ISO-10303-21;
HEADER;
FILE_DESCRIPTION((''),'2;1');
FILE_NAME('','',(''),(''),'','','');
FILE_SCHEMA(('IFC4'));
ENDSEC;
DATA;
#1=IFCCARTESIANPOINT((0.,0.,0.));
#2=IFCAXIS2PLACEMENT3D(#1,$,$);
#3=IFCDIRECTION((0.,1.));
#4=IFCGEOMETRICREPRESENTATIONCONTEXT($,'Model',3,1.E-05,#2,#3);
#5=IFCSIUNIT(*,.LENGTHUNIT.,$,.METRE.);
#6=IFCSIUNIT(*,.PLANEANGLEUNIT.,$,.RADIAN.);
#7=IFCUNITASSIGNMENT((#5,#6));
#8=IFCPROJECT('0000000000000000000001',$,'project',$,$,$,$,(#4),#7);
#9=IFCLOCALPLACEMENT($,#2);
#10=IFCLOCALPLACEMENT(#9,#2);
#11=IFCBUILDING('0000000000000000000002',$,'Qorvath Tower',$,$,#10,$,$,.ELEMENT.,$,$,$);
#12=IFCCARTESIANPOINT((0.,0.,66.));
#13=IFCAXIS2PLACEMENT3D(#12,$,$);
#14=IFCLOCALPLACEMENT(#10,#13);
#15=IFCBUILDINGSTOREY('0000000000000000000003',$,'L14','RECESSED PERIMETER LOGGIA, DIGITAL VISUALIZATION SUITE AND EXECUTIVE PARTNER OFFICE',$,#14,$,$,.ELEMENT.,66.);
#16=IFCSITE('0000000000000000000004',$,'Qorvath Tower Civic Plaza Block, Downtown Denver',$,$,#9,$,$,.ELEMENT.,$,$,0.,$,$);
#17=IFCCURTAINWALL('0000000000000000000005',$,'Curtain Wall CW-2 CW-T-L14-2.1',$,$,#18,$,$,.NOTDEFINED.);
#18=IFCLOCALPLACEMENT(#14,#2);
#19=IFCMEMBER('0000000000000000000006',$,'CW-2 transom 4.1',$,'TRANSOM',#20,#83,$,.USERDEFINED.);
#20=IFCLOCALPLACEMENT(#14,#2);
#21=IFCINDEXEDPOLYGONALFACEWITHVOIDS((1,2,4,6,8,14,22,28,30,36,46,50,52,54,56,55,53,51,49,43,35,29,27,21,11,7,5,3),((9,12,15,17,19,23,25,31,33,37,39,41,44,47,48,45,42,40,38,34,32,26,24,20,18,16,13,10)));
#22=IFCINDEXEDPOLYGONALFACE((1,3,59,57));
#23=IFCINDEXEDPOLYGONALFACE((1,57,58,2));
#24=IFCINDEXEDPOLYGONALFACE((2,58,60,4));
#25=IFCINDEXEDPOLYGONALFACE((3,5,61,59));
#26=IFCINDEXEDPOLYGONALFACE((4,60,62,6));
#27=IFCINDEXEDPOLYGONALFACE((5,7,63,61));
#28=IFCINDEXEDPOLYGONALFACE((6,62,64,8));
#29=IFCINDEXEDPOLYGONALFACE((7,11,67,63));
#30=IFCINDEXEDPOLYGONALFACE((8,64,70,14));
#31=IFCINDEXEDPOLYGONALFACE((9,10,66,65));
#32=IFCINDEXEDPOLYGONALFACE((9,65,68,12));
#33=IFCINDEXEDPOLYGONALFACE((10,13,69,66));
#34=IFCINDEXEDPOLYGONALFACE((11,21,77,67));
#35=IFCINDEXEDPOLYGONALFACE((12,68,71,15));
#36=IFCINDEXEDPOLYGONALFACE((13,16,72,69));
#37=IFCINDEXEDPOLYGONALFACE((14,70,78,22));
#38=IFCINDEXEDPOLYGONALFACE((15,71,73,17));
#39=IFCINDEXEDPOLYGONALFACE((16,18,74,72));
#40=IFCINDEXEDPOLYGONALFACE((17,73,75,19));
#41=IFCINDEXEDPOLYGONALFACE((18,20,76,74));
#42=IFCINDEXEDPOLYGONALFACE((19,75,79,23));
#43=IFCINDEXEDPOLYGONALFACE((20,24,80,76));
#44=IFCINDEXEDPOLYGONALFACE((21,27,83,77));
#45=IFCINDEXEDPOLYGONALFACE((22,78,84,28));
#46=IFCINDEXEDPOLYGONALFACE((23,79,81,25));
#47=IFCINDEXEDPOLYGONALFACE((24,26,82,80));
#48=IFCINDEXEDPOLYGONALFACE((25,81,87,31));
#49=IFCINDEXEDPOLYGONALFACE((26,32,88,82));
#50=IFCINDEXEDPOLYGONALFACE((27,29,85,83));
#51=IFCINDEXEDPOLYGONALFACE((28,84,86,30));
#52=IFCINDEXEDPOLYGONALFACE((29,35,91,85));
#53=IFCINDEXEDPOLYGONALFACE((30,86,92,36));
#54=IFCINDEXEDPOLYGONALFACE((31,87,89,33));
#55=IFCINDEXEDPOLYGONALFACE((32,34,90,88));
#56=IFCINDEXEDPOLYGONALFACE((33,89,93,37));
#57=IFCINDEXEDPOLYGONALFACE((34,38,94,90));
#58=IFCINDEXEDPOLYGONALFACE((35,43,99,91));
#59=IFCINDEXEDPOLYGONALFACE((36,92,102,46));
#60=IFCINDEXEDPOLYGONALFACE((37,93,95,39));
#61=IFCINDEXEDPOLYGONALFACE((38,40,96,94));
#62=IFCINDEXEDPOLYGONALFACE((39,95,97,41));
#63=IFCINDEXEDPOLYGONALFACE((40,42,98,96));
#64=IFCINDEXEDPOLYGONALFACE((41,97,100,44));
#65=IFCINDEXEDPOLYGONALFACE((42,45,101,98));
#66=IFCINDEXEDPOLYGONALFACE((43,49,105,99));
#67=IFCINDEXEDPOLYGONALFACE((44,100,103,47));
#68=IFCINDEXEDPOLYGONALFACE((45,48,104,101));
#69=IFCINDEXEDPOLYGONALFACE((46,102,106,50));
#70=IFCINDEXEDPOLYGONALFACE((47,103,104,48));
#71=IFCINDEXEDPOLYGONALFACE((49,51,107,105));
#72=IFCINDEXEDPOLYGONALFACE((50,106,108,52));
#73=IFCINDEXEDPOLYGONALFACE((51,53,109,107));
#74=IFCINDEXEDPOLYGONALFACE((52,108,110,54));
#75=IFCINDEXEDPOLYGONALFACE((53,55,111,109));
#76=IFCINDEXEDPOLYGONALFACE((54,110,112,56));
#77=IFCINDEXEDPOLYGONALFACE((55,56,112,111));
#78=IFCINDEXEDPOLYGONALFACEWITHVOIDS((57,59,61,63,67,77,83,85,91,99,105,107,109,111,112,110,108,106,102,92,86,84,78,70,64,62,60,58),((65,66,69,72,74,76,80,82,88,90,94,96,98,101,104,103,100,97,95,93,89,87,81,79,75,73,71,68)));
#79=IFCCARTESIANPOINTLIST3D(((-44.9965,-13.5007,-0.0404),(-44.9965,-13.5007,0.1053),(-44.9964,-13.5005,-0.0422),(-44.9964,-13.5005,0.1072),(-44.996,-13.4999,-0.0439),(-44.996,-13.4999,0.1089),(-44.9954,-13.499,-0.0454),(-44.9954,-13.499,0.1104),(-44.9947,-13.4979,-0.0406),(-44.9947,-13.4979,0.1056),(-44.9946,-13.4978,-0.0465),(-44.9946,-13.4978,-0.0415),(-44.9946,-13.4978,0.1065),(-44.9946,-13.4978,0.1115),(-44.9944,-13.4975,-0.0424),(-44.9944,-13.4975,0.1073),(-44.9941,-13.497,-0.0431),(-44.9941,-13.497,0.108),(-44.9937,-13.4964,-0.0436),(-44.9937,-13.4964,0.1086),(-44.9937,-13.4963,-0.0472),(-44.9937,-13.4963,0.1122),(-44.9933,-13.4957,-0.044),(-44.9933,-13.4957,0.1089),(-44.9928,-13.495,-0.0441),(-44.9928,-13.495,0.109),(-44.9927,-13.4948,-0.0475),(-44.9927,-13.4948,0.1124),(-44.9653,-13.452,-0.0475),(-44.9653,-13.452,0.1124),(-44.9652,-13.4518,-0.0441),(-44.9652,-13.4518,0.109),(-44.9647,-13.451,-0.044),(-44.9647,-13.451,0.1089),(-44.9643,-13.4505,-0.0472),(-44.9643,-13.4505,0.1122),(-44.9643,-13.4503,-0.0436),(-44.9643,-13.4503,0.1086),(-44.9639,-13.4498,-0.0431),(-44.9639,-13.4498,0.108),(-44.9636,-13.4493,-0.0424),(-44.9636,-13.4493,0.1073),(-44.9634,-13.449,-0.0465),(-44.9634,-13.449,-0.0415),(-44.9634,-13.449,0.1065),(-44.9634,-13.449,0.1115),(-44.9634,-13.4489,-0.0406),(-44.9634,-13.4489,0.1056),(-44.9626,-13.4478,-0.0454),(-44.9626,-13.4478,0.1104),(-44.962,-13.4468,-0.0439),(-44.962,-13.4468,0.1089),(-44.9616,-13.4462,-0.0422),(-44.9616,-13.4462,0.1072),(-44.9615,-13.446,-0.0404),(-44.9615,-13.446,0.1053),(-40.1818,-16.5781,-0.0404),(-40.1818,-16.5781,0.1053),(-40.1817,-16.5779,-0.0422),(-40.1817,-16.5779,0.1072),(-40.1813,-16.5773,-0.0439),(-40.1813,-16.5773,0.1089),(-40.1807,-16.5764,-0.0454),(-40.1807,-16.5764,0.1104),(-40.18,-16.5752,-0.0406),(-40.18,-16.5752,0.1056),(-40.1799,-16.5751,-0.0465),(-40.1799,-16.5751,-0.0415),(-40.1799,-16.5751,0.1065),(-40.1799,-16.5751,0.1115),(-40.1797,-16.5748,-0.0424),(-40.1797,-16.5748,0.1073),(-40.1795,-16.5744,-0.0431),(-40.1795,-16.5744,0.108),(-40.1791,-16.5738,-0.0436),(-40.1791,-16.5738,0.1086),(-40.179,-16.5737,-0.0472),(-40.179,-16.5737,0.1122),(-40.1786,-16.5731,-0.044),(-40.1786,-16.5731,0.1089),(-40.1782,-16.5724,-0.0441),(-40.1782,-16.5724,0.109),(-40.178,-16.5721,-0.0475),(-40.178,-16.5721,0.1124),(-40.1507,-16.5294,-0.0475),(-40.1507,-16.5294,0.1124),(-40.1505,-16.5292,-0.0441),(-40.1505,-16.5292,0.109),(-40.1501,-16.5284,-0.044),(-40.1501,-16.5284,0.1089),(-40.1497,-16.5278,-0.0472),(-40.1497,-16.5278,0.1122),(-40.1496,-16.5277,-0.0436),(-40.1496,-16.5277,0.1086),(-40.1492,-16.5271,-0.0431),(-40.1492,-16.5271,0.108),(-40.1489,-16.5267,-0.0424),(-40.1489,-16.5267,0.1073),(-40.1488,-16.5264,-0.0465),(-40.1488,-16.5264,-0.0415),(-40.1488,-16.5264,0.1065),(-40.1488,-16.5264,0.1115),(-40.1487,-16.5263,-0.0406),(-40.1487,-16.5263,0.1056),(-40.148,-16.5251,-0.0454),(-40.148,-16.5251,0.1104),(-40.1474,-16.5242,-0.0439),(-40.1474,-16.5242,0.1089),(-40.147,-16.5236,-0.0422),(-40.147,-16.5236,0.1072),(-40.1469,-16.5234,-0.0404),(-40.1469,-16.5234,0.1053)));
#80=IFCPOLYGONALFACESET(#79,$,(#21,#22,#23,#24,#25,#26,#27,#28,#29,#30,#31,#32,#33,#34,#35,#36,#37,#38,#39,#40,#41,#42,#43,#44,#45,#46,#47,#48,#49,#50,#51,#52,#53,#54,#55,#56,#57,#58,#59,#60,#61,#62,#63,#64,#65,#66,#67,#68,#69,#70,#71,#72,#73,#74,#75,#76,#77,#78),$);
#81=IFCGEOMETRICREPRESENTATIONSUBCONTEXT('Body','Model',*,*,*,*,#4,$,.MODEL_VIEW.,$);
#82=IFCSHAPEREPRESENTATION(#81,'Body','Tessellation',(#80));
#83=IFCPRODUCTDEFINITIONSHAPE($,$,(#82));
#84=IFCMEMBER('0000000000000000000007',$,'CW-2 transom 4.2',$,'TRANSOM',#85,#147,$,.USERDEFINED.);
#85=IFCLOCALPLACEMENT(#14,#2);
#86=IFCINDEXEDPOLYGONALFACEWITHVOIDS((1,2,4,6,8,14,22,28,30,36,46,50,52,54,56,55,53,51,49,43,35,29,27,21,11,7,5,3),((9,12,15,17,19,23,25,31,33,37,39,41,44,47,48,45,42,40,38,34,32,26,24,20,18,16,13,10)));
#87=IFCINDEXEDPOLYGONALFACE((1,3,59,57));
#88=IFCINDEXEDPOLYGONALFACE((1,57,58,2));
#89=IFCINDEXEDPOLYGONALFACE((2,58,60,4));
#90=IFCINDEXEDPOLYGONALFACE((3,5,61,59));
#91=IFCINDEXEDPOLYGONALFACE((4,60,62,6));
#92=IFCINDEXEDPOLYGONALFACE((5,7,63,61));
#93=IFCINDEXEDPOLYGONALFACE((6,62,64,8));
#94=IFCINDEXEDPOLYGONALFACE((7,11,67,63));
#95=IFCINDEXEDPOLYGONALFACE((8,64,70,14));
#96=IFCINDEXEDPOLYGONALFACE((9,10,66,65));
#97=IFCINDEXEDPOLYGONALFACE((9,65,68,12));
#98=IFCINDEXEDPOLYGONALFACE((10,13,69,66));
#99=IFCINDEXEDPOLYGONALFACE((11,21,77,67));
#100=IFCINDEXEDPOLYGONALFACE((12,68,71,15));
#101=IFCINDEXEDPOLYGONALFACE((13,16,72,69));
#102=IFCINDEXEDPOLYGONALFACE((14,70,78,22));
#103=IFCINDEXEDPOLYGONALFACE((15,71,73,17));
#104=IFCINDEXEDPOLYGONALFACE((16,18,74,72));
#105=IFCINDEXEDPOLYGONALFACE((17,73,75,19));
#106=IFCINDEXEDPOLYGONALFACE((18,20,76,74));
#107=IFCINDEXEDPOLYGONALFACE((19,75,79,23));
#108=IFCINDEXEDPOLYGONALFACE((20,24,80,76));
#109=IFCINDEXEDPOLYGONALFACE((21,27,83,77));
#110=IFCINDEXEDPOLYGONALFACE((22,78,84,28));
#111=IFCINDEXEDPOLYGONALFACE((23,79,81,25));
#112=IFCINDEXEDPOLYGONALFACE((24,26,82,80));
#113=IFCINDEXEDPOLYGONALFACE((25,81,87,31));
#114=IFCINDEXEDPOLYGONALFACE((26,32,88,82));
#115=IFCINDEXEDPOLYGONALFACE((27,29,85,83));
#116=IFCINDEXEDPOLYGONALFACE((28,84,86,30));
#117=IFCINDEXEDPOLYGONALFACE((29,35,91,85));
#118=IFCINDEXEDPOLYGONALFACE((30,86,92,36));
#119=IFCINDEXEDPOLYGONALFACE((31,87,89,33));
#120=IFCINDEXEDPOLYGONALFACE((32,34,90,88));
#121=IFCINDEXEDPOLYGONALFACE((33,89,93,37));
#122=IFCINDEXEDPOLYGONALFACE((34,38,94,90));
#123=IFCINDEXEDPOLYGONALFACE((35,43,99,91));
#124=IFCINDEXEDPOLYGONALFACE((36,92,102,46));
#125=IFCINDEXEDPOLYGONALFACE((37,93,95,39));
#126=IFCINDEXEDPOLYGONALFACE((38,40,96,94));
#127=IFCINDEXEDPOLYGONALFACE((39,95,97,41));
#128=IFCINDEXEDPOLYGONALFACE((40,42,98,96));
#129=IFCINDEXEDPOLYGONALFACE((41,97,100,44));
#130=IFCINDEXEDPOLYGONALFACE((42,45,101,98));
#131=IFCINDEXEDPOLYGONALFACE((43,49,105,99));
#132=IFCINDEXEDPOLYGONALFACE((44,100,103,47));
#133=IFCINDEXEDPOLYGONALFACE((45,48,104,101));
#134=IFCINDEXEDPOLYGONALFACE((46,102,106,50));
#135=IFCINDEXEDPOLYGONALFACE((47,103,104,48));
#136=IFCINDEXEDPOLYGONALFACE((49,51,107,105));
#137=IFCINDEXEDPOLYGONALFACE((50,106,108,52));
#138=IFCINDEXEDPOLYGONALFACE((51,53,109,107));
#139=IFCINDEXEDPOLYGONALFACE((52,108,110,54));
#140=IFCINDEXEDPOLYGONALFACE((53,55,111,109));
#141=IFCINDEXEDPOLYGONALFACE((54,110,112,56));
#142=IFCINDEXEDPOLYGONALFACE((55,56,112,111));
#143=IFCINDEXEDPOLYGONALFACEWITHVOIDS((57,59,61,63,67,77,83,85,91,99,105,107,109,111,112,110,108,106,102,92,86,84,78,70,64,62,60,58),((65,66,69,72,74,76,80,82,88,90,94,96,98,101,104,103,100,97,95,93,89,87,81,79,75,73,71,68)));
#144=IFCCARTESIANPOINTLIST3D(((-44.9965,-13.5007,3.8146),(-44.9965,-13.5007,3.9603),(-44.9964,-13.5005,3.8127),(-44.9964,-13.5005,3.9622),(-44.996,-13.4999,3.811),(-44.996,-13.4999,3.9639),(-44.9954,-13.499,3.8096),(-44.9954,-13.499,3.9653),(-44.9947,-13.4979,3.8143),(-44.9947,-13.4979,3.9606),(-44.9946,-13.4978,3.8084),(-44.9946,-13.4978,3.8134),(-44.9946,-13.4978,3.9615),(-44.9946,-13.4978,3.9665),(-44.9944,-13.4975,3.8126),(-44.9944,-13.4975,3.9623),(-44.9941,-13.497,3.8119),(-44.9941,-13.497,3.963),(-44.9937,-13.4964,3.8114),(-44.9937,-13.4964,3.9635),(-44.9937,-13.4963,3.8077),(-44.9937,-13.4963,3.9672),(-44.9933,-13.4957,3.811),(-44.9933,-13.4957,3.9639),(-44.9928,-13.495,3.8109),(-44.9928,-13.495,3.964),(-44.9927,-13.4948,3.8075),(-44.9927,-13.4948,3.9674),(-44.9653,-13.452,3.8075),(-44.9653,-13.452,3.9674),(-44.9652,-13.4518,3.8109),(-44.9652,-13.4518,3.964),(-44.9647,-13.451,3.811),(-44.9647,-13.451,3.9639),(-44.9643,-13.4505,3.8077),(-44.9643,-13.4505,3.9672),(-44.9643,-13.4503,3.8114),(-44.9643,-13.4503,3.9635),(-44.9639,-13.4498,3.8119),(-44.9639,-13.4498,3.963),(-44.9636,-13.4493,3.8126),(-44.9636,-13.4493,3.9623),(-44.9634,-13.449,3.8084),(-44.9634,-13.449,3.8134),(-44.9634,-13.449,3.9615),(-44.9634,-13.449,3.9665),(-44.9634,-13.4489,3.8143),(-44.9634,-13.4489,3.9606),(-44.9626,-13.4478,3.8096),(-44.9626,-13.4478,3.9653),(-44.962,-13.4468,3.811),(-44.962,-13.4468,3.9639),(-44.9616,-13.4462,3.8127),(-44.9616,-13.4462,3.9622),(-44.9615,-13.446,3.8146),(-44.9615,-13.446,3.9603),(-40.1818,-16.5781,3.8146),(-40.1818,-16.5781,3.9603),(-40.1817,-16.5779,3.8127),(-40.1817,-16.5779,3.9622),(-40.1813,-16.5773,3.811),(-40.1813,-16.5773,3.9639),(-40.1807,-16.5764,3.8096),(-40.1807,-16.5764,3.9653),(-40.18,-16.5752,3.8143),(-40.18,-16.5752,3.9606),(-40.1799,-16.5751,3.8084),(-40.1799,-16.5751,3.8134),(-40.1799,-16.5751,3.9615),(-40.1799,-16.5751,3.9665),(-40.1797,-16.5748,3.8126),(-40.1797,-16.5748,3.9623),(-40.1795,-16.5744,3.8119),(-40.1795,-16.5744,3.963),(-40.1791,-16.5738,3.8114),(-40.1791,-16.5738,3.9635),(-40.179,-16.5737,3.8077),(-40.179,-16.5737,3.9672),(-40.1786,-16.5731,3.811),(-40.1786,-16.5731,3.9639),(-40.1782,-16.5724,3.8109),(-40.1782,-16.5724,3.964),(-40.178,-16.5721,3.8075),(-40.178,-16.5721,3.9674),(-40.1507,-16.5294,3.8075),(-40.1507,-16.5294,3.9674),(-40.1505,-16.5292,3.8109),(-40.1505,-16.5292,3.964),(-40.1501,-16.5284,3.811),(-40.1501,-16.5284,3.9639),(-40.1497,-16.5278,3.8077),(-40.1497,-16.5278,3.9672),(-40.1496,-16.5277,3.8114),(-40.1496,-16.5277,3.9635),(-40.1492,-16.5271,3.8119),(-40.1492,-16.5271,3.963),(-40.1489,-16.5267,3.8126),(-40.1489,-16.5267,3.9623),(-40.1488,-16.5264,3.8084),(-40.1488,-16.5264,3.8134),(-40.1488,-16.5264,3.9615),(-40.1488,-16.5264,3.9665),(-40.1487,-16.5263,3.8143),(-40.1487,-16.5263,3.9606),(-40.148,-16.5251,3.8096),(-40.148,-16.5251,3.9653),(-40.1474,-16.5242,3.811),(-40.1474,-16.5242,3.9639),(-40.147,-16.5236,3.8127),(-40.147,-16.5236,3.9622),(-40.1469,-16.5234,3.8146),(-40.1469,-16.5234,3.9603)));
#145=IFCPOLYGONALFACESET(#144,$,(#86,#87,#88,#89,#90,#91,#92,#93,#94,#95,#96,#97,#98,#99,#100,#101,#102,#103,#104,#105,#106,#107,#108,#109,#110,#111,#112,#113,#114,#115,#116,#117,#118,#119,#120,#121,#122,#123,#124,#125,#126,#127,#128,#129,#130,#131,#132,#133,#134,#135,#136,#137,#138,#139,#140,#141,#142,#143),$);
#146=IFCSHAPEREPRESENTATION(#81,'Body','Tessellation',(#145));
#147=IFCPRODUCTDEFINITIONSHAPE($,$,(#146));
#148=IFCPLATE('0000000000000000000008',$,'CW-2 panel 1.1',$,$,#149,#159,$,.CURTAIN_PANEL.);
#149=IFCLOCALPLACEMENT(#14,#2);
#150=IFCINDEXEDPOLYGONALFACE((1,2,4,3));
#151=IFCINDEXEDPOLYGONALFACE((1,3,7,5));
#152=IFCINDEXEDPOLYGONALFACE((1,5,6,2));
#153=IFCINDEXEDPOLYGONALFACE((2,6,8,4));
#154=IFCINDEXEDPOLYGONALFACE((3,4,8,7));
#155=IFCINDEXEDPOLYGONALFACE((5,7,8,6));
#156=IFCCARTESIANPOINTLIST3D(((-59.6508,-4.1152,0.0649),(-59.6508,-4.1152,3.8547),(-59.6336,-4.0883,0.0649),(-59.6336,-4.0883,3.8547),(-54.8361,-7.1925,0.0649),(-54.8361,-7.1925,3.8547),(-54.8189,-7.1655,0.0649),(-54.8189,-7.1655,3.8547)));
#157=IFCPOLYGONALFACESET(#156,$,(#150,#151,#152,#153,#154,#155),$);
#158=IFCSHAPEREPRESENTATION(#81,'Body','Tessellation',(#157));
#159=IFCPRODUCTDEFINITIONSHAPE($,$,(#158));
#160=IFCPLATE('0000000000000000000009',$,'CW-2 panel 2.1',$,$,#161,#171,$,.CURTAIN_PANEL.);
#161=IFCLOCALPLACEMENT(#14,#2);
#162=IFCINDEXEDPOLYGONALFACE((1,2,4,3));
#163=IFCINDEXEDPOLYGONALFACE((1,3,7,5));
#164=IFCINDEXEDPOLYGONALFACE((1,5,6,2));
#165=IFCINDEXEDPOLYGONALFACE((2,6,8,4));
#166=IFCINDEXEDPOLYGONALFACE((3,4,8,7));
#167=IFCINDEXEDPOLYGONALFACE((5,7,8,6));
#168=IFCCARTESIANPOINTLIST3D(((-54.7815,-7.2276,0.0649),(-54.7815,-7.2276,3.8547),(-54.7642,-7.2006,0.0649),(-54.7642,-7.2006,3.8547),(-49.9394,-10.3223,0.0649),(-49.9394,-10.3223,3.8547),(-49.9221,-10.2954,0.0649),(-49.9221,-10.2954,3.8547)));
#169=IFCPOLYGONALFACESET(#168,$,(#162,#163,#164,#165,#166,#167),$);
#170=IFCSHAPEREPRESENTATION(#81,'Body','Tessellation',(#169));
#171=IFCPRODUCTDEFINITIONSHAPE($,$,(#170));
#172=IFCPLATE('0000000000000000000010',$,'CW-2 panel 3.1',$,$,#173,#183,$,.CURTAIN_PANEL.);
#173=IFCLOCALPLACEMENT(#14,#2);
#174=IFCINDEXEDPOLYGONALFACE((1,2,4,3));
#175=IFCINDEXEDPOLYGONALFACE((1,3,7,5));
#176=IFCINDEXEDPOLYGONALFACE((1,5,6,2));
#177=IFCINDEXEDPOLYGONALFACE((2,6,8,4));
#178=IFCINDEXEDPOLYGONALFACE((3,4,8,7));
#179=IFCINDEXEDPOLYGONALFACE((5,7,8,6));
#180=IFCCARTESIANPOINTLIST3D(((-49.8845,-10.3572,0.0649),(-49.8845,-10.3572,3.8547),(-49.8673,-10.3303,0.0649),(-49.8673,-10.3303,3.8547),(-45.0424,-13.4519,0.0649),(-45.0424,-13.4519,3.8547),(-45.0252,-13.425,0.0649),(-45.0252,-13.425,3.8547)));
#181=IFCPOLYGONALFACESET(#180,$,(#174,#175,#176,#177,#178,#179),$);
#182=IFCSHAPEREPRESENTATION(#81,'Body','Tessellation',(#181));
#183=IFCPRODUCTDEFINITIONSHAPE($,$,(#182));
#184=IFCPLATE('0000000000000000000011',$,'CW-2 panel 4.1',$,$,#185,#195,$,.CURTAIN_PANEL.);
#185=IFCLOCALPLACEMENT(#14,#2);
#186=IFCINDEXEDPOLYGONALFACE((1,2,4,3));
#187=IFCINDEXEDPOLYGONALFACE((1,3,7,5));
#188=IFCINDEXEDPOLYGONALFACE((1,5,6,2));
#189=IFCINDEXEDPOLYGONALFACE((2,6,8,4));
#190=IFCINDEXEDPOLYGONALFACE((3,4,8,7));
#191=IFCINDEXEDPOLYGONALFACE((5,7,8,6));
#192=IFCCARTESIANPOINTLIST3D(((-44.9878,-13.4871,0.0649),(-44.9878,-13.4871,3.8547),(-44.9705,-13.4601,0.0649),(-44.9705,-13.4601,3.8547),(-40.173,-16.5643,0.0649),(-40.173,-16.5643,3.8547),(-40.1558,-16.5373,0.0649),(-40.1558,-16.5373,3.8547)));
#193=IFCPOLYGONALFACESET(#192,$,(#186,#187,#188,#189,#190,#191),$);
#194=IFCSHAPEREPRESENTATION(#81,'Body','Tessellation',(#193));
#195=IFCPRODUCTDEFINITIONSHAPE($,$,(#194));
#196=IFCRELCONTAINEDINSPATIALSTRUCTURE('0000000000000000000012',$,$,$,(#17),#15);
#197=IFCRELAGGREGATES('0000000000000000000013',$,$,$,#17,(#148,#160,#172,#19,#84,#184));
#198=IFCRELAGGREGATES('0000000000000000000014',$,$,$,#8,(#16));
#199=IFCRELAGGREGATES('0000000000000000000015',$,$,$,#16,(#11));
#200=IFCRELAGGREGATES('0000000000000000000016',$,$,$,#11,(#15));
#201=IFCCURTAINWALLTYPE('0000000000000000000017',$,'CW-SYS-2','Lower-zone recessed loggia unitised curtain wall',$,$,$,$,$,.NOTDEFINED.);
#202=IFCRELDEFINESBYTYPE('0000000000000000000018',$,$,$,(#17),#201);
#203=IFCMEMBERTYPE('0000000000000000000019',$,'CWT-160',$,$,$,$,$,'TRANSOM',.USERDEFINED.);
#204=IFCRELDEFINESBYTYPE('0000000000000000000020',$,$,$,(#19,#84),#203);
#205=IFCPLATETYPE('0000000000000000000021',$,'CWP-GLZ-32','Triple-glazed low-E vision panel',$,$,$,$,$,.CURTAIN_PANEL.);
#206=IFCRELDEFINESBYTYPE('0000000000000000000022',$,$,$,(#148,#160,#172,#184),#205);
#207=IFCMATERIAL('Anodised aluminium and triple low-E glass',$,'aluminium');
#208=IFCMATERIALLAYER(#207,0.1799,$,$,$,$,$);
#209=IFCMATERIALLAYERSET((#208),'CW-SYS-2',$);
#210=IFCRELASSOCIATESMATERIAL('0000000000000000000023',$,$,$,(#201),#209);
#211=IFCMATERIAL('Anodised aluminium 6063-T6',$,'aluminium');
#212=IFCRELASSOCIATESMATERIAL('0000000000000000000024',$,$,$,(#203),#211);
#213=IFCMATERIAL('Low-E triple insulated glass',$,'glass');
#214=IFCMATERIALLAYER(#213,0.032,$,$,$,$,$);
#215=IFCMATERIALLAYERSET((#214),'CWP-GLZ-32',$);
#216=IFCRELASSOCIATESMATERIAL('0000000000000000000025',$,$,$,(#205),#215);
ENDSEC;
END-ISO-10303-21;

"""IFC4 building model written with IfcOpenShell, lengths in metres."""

from ifc_helpers import new_model, si_unit, direction, frame, origin, origin_2d, place, context, subcontext, project, spatial, rectangle, hollow_rectangle, extrude, material, layer, layer_set, material_profile, profile_set, type_object, element, aggregate, save


model = new_model("IFC4")

# Units and contexts
model_context = context("Model", 3, precision=1e-05, world=origin(), true_north=direction((0.0, 1.0)))
body_context = subcontext(model_context, "Body", "Model", "MODEL_VIEW")
ifc_project = project(units=[si_unit("LENGTHUNIT", "METRE"), si_unit("PLANEANGLEUNIT", "RADIAN")], contexts=[model_context])

# Site, building, storey
site_placement = place(None, origin())
site = spatial("IfcSite", under=ifc_project, at=site_placement, Name="Qorvath Tower Civic Plaza Block, Downtown Denver", CompositionType="ELEMENT", RefElevation=0.0)
building_placement = place(site_placement, origin())
building = spatial("IfcBuilding", under=site, at=building_placement, Name="Qorvath Tower", CompositionType="ELEMENT")
storey_placement = place(building_placement, frame((0.0, 0.0, 66.0)))
storey = spatial("IfcBuildingStorey", under=building, at=storey_placement, Name="L14", Description="RECESSED PERIMETER LOGGIA, DIGITAL VISUALIZATION SUITE AND EXECUTIVE PARTNER OFFICE", CompositionType="ELEMENT", Elevation=66.0)

# Curtain wall, members, plates
ifc_material_1 = material(Name="Anodised aluminium and triple low-E glass", Category="aluminium")
ifc_layer_1 = layer(ifc_material_1, 0.1799)
ifc_layer_set_1 = layer_set([ifc_layer_1], Name="CW-SYS-2")
curtain_wall_type = type_object("IfcCurtainWallType", Name="CW-SYS-2", Description="Lower-zone recessed loggia unitised curtain wall", PredefinedType="NOTDEFINED", material=ifc_layer_set_1)
curtain_wall_placement = place(storey_placement, origin())
curtain_wall = element("IfcCurtainWall", 1, at=curtain_wall_placement, inside=storey, type_object=curtain_wall_type, Name="Curtain Wall CW-2 CW-T-L14-2.1", PredefinedType="NOTDEFINED")
ifc_material_2 = material(Name="Anodised aluminium 6063-T6", Category="aluminium")
ifc_material_profile_1 = material_profile(ifc_material_2, hollow_rectangle(XDim=0.0649, YDim=0.1599, WallThickness=0.0034, InnerFilletRadius=0.0034, OuterFilletRadius=0.0071, at=origin_2d()), Name="CWT 160x65")
ifc_profile_set_1 = profile_set([ifc_material_profile_1], Name="Anodised aluminium 6063-T6")
member_type_1 = type_object("IfcMemberType", Name="CWT-160", ElementType="TRANSOM", PredefinedType="USERDEFINED", material=ifc_profile_set_1)
member_1_placement = place(storey_placement, frame((-44.979, -13.4734, 0.0325), z_axis=(0.84259, -0.538555, 0.0), x_axis=(0.538555, 0.84259, 0.0)))
member_1 = element("IfcMember", 2, at=member_1_placement, type_object=member_type_1, Name="CW-2 transom 4.1", ObjectType="TRANSOM", PredefinedType="USERDEFINED", context=body_context, shape_type="SweptSolid", body=[
    extrude(hollow_rectangle(XDim=0.0649, YDim=0.1599, WallThickness=0.0034, InnerFilletRadius=0.0034, OuterFilletRadius=0.0071, at=origin_2d()), origin(), (0.0, 0.0, 1.0), 5.7141),
])
member_2_placement = place(storey_placement, frame((-44.979, -13.4734, 3.8875), z_axis=(0.84259, -0.538555, 0.0), x_axis=(0.538555, 0.84259, 0.0)))
member_2 = element("IfcMember", 3, at=member_2_placement, type_object=member_type_1, Name="CW-2 transom 4.2", ObjectType="TRANSOM", PredefinedType="USERDEFINED", context=body_context, shape_type="SweptSolid", body=[
    extrude(hollow_rectangle(XDim=0.0649, YDim=0.1599, WallThickness=0.0034, InnerFilletRadius=0.0034, OuterFilletRadius=0.0071, at=origin_2d()), origin(), (0.0, 0.0, 1.0), 5.7141),
])
ifc_material_3 = material(Name="Low-E triple insulated glass", Category="glass")
ifc_layer_2 = layer(ifc_material_3, 0.032)
ifc_layer_set_2 = layer_set([ifc_layer_2], Name="CWP-GLZ-32")
plate_type = type_object("IfcPlateType", Name="CWP-GLZ-32", Description="Triple-glazed low-E vision panel", PredefinedType="CURTAIN_PANEL", material=ifc_layer_set_2)
plate_1_placement = place(storey_placement, frame((-57.2349, -5.6404, 0.0649), z_axis=(0.0, 0.0, 1.0), x_axis=(0.842606, -0.538531, 0.0)))
plate_1 = element("IfcPlate", 4, at=plate_1_placement, type_object=plate_type, Name="CW-2 panel 1.1", PredefinedType="CURTAIN_PANEL", context=body_context, shape_type="SweptSolid", body=[
    extrude(rectangle(XDim=5.7141, YDim=0.032, at=origin_2d()), origin(), (0.0, 0.0, 1.0), 3.7898),
])
plate_2_placement = place(storey_placement, frame((-52.3518, -8.7615, 0.0649), z_axis=(0.0, 0.0, 1.0), x_axis=(0.842606, -0.538531, 0.0)))
plate_2 = element("IfcPlate", 5, at=plate_2_placement, type_object=plate_type, Name="CW-2 panel 2.1", PredefinedType="CURTAIN_PANEL", context=body_context, shape_type="SweptSolid", body=[
    extrude(rectangle(XDim=5.7466, YDim=0.032, at=origin_2d()), origin(), (0.0, 0.0, 1.0), 3.7898),
])
plate_3_placement = place(storey_placement, frame((-47.4548, -11.8911, 0.0649), z_axis=(0.0, 0.0, 1.0), x_axis=(0.842606, -0.538531, 0.0)))
plate_3 = element("IfcPlate", 6, at=plate_3_placement, type_object=plate_type, Name="CW-2 panel 3.1", PredefinedType="CURTAIN_PANEL", context=body_context, shape_type="SweptSolid", body=[
    extrude(rectangle(XDim=5.7466, YDim=0.032, at=origin_2d()), origin(), (0.0, 0.0, 1.0), 3.7898),
])
plate_4_placement = place(storey_placement, frame((-42.5718, -15.0122, 0.0649), z_axis=(0.0, 0.0, 1.0), x_axis=(0.842606, -0.538531, 0.0)))
plate_4 = element("IfcPlate", 7, at=plate_4_placement, type_object=plate_type, Name="CW-2 panel 4.1", PredefinedType="CURTAIN_PANEL", context=body_context, shape_type="SweptSolid", body=[
    extrude(rectangle(XDim=5.7141, YDim=0.032, at=origin_2d()), origin(), (0.0, 0.0, 1.0), 3.7898),
])
aggregate(curtain_wall, [plate_1, plate_2, plate_3, member_1, member_2, plate_4])

save(model, "model.ifc")
